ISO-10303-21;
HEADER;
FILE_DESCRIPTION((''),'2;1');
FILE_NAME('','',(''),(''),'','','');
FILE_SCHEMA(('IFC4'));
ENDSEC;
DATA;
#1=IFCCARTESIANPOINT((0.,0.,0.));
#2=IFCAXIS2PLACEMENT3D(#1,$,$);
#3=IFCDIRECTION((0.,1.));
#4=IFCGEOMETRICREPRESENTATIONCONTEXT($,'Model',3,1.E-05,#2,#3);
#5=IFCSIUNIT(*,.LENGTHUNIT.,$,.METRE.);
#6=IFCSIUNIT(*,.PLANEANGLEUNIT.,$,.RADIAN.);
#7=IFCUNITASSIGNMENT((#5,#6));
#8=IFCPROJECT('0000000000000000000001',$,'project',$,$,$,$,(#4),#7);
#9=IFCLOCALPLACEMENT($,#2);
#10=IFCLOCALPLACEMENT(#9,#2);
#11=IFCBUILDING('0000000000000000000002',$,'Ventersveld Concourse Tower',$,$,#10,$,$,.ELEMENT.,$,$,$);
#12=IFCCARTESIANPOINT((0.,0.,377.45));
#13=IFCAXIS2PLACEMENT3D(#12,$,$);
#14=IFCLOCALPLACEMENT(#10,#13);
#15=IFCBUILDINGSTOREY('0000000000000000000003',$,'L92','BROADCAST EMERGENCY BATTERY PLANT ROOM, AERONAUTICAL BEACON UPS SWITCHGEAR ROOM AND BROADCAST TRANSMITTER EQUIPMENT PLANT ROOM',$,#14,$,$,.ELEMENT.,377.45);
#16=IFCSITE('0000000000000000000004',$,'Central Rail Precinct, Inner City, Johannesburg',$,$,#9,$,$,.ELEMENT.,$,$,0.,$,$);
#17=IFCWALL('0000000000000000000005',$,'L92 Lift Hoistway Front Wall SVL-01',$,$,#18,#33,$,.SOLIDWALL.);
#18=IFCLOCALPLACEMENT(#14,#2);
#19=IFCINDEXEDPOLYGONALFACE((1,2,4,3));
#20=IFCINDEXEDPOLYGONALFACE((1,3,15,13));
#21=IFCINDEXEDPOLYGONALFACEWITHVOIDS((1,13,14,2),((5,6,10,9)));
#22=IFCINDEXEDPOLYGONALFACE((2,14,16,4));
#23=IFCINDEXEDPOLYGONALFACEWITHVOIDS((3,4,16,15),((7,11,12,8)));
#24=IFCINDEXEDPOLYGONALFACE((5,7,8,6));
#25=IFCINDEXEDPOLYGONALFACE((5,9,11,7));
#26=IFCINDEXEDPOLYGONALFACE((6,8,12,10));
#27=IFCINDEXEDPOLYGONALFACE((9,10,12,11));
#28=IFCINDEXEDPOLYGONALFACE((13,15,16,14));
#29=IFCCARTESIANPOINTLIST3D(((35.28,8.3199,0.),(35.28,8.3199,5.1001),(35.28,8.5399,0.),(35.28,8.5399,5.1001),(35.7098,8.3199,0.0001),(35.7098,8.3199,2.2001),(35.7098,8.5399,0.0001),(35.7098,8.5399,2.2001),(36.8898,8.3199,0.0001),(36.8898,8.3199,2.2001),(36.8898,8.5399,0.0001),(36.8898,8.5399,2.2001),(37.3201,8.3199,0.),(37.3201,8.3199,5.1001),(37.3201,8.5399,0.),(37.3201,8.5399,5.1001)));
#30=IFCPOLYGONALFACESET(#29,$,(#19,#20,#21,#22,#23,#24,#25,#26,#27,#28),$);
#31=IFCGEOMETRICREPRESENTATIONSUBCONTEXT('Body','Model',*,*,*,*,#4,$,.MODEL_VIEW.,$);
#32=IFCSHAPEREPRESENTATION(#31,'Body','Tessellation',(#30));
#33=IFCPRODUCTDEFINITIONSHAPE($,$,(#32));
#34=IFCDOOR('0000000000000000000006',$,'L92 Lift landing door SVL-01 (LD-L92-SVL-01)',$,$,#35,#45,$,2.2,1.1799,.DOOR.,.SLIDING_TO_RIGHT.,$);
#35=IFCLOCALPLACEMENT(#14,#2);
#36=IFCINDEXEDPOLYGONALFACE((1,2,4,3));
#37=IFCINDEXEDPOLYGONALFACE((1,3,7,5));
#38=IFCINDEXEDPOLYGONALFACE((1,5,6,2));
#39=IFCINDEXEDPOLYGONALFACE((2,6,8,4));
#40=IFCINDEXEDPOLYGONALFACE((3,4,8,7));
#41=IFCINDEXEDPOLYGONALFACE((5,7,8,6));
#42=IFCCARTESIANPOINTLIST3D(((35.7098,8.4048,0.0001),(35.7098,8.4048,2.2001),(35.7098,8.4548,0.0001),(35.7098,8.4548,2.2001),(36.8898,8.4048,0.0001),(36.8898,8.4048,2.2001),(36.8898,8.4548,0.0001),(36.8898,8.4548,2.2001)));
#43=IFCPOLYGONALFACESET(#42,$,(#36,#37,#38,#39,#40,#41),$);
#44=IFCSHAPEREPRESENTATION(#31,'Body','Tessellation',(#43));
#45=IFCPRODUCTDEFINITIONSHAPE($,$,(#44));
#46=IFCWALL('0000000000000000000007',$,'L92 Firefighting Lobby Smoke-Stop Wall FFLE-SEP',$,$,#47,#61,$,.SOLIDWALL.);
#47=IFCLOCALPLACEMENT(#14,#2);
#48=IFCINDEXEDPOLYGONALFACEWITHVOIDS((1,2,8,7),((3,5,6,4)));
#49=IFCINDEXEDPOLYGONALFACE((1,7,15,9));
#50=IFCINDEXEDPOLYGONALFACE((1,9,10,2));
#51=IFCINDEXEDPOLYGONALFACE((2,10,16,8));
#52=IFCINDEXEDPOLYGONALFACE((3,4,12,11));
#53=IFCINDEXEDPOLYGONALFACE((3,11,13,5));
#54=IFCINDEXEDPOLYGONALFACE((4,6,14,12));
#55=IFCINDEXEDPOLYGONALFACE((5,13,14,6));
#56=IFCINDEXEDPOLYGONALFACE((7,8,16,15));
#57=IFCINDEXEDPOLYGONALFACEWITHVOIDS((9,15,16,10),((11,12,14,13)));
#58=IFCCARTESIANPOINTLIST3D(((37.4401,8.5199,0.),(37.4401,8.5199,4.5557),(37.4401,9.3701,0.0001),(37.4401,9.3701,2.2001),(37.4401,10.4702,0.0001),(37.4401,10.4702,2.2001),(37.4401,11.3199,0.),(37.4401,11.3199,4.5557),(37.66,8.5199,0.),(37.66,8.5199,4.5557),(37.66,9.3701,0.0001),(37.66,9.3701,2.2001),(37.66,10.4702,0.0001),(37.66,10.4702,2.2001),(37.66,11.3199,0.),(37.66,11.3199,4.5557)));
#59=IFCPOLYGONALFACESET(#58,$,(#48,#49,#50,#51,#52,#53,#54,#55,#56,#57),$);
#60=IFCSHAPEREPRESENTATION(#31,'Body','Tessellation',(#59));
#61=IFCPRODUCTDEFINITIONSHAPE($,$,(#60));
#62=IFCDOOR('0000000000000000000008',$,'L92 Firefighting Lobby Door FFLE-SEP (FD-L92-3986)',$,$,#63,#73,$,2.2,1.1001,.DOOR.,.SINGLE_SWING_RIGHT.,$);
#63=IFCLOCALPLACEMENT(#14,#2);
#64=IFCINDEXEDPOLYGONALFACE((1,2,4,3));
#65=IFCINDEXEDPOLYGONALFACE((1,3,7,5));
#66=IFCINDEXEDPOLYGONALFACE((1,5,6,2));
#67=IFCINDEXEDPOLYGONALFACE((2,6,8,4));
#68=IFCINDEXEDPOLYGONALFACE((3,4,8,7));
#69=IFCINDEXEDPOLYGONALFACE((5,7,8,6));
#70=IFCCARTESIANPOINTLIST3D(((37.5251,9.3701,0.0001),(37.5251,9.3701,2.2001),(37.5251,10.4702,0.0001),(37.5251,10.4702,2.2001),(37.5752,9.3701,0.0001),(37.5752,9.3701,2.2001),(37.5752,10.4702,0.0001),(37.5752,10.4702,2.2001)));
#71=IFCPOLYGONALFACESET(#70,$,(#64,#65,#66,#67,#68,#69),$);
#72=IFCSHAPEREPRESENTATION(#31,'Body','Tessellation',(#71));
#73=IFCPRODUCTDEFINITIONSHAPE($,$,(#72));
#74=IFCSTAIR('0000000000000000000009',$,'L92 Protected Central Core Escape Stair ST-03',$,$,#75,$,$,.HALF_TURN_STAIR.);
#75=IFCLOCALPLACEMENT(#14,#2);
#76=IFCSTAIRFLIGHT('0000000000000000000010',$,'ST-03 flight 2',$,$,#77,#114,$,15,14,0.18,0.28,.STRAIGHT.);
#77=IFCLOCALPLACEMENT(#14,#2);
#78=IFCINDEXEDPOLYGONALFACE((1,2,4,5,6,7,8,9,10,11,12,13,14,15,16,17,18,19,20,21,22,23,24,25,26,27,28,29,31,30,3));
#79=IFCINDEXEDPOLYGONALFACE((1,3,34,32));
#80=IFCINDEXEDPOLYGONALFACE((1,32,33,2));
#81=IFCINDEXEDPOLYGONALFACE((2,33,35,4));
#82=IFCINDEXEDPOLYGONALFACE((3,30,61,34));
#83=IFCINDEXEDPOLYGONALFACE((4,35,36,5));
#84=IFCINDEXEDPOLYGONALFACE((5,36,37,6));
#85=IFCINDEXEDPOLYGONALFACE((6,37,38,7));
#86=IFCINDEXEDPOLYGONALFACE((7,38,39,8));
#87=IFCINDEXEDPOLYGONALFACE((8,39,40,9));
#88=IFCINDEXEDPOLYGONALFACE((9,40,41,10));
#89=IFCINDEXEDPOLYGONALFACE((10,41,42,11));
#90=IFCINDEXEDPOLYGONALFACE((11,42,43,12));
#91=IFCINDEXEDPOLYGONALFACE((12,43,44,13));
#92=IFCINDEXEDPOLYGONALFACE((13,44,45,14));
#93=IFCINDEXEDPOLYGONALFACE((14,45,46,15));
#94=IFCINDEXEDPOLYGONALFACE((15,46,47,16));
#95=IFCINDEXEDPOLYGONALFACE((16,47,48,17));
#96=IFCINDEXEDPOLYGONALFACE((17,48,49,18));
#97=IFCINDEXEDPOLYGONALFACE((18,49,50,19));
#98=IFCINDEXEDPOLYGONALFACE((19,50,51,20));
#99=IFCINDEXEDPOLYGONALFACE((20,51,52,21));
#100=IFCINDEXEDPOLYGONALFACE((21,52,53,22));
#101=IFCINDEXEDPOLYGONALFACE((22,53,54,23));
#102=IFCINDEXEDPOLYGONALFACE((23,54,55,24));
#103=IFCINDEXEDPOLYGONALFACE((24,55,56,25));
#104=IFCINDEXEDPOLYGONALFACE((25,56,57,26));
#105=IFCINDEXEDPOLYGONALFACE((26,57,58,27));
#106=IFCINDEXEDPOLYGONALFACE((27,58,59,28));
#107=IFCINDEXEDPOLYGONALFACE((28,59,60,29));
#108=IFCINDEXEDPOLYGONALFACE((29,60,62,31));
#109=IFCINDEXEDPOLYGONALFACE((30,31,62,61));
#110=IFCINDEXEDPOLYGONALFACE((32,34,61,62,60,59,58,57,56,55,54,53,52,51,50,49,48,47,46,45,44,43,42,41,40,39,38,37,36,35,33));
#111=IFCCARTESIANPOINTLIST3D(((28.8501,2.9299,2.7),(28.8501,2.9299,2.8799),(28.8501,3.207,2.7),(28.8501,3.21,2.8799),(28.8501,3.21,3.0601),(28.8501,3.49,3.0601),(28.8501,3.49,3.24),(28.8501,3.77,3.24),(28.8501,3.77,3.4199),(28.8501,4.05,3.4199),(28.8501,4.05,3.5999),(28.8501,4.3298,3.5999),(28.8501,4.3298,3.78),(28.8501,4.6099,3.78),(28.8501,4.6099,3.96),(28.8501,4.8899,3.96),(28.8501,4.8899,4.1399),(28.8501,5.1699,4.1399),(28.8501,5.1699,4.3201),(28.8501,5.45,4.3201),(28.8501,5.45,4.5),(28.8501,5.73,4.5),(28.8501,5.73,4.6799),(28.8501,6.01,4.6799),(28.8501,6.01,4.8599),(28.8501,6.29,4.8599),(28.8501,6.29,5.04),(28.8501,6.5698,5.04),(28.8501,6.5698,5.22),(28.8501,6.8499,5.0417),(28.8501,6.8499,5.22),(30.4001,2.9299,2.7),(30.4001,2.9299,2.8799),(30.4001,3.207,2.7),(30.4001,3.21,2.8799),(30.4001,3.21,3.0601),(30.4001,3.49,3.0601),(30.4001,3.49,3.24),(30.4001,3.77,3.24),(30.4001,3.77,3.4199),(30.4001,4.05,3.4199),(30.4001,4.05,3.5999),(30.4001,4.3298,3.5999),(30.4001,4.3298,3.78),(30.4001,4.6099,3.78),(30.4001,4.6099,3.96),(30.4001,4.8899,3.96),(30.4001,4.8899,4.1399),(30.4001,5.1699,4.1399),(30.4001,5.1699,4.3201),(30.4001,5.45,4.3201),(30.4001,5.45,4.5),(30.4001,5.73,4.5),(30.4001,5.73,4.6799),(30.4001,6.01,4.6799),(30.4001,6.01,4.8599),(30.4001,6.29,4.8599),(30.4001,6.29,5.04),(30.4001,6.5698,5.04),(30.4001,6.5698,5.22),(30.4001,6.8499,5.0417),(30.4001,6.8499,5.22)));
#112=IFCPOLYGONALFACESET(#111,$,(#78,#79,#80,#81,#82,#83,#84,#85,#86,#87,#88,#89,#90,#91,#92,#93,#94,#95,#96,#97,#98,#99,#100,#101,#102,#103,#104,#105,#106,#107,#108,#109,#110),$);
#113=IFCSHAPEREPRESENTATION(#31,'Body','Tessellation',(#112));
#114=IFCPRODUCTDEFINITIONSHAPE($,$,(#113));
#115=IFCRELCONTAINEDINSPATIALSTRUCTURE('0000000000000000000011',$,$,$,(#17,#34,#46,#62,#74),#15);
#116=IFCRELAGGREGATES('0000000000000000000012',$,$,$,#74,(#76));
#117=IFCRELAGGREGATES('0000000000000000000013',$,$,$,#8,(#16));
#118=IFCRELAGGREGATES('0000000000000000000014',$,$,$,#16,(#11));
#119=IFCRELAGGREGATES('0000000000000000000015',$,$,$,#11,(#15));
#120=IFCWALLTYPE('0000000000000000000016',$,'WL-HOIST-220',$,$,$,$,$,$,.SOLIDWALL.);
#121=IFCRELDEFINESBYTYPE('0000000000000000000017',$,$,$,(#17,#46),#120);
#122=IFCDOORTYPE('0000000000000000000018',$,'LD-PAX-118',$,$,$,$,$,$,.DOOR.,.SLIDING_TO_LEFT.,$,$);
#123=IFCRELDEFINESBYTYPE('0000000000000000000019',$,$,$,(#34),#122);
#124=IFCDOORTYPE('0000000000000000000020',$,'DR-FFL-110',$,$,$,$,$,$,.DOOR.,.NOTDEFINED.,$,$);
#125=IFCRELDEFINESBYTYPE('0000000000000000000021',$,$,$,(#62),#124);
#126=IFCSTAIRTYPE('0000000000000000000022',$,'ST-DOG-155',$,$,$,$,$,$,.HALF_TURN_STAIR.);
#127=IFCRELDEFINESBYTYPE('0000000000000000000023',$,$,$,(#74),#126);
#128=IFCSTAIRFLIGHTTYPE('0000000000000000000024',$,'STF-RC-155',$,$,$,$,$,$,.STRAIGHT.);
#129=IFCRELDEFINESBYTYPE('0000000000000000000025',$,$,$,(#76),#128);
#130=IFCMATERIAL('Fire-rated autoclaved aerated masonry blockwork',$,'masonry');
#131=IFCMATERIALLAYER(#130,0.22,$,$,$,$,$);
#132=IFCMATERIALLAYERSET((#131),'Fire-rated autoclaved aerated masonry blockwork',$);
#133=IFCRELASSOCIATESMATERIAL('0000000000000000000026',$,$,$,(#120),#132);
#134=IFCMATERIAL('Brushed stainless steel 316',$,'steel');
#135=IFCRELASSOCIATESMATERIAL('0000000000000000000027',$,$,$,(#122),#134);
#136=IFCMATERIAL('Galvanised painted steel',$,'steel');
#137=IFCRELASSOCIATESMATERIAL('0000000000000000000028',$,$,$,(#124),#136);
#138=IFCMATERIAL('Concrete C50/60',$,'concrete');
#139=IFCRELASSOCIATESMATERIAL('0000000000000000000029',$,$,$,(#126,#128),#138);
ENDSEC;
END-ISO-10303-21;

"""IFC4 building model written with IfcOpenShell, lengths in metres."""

from ifc_helpers import new_model, si_unit, direction, frame, frame_2d, origin, place, context, subcontext, project, spatial, polyline, rectangle, outline, extrude, material, layer, layer_set, type_object, element, fill, aggregate, save


model = new_model("IFC4")

# Units and contexts
model_context = context("Model", 3, precision=1e-05, world=origin(), true_north=direction((0.0, 1.0)))
body_context = subcontext(model_context, "Body", "Model", "MODEL_VIEW")
ifc_project = project(units=[si_unit("LENGTHUNIT", "METRE"), si_unit("PLANEANGLEUNIT", "RADIAN")], contexts=[model_context])

# Site, building, storey
site_placement = place(None, origin())
site = spatial("IfcSite", under=ifc_project, at=site_placement, Name="Central Rail Precinct, Inner City, Johannesburg", CompositionType="ELEMENT", RefElevation=0.0)
building_placement = place(site_placement, origin())
building = spatial("IfcBuilding", under=site, at=building_placement, Name="Ventersveld Concourse Tower", CompositionType="ELEMENT")
storey_placement = place(building_placement, frame((0.0, 0.0, 377.45)))
storey = spatial("IfcBuildingStorey", under=building, at=storey_placement, Name="L92", Description="BROADCAST EMERGENCY BATTERY PLANT ROOM, AERONAUTICAL BEACON UPS SWITCHGEAR ROOM AND BROADCAST TRANSMITTER EQUIPMENT PLANT ROOM", CompositionType="ELEMENT", Elevation=377.45)

# Shared definitions
ifc_material_1 = material(Name="Concrete C50/60", Category="concrete")
ifc_material_2 = material(Name="Fire-rated autoclaved aerated masonry blockwork", Category="masonry")
ifc_layer_1 = layer(ifc_material_2, 0.22)
ifc_layer_set_1 = layer_set([ifc_layer_1], Name="Fire-rated autoclaved aerated masonry blockwork")
wall_type_1 = type_object("IfcWallType", Name="WL-HOIST-220", PredefinedType="SOLIDWALL", material=ifc_layer_set_1)

# Shared definitions
ifc_material_3 = material(Name="Brushed stainless steel 316", Category="steel")

# Walls, openings, doors
wall_1_placement = place(storey_placement, frame((35.28, 8.4299, 0.0), z_axis=(0.0, 0.0, 1.0), x_axis=(1.0, 0.0, 0.0)))
wall_1 = element("IfcWall", 1, at=wall_1_placement, inside=storey, type_object=wall_type_1, Name="L92 Lift Hoistway Front Wall SVL-01", PredefinedType="SOLIDWALL", context=body_context, shape_type="SweptSolid", body=[
    extrude(rectangle(XDim=2.04, YDim=0.22, at=frame_2d((1.02, 0.0))), origin(), (0.0, 0.0, 1.0), 5.1001),
])
opening_1_placement = place(wall_1_placement, frame((0.4299, 0.0, 0.0)))
opening_1 = element("IfcOpeningElement", 2, at=opening_1_placement, cuts=wall_1, PredefinedType="OPENING", context=body_context, shape_type="SweptSolid", body=[
    extrude(rectangle(XDim=1.1799, YDim=2.2, at=frame_2d((0.5898, 1.1001))), frame((0.0, 0.1201, 0.0), z_axis=(0.0, -1.0, 0.0), x_axis=(1.0, 0.0, 0.0)), (0.0, 0.0, 1.0), 0.24),
])
door_type_1 = type_object("IfcDoorType", Name="LD-PAX-118", OperationType="SLIDING_TO_LEFT", PredefinedType="DOOR", material=ifc_material_3)
door_1_placement = place(opening_1_placement, origin())
door_1 = element("IfcDoor", 3, at=door_1_placement, inside=storey, type_object=door_type_1, Name="L92 Lift landing door SVL-01 (LD-L92-SVL-01)", OperationType="SLIDING_TO_RIGHT", OverallHeight=2.2, OverallWidth=1.1799, PredefinedType="DOOR", context=body_context, shape_type="SweptSolid", body=[
    extrude(rectangle(XDim=1.1799, YDim=2.2, at=frame_2d((0.5898, 1.1001))), frame((0.0, 0.0249, 0.0), z_axis=(0.0, -1.0, 0.0), x_axis=(1.0, 0.0, 0.0)), (0.0, 0.0, 1.0), 0.05),
])
fill(opening_1, door_1)
wall_2_placement = place(storey_placement, frame((37.55, 8.52, 0.0), z_axis=(0.0, 0.0, 1.0), x_axis=(0.0, 1.0, 0.0)))
wall_2 = element("IfcWall", 4, at=wall_2_placement, inside=storey, type_object=wall_type_1, Name="L92 Firefighting Lobby Smoke-Stop Wall FFLE-SEP", PredefinedType="SOLIDWALL", context=body_context, shape_type="SweptSolid", body=[
    extrude(rectangle(XDim=2.8, YDim=0.22, at=frame_2d((1.3999, 0.0))), origin(), (0.0, 0.0, 1.0), 4.5557),
])
opening_2_placement = place(wall_2_placement, frame((0.8501, 0.0, 0.0)))
opening_2 = element("IfcOpeningElement", 5, at=opening_2_placement, cuts=wall_2, PredefinedType="OPENING", context=body_context, shape_type="SweptSolid", body=[
    extrude(rectangle(XDim=1.1001, YDim=2.2, at=frame_2d((0.55, 1.1001))), frame((0.0, 0.1201, 0.0), z_axis=(0.0, -1.0, 0.0), x_axis=(1.0, 0.0, 0.0)), (0.0, 0.0, 1.0), 0.24),
])
ifc_material_4 = material(Name="Galvanised painted steel", Category="steel")
door_type_2 = type_object("IfcDoorType", Name="DR-FFL-110", OperationType="NOTDEFINED", PredefinedType="DOOR", material=ifc_material_4)
door_2_placement = place(opening_2_placement, origin())
door_2 = element("IfcDoor", 6, at=door_2_placement, inside=storey, type_object=door_type_2, Name="L92 Firefighting Lobby Door FFLE-SEP (FD-L92-3986)", OperationType="SINGLE_SWING_RIGHT", OverallHeight=2.2, OverallWidth=1.1001, PredefinedType="DOOR", context=body_context, shape_type="SweptSolid", body=[
    extrude(rectangle(XDim=1.1001, YDim=2.2, at=frame_2d((0.55, 1.1001))), frame((0.0, 0.0249, 0.0), z_axis=(0.0, -1.0, 0.0), x_axis=(1.0, 0.0, 0.0)), (0.0, 0.0, 1.0), 0.05),
])
fill(opening_2, door_2)

# Stair, stair flight
stair_type = type_object("IfcStairType", Name="ST-DOG-155", PredefinedType="HALF_TURN_STAIR", material=ifc_material_1)
stair_placement = place(storey_placement, origin())
stair = element("IfcStair", 7, at=stair_placement, inside=storey, type_object=stair_type, Name="L92 Protected Central Core Escape Stair ST-03", PredefinedType="HALF_TURN_STAIR")
stair_flight_type = type_object("IfcStairFlightType", Name="STF-RC-155", PredefinedType="STRAIGHT", material=ifc_material_1)
stair_flight_placement = place(storey_placement, frame((29.625, 2.9299, 2.7), z_axis=(0.0, 0.0, 1.0), x_axis=(0.0, 1.0, 0.0)))
stair_flight = element("IfcStairFlight", 8, at=stair_flight_placement, type_object=stair_flight_type, Name="ST-03 flight 2", NumberOfRisers=15, NumberOfTreads=14, PredefinedType="STRAIGHT", RiserHeight=0.18, TreadLength=0.28, context=body_context, shape_type="SweptSolid", body=[
    extrude(outline(polyline([(0.0, 0.0), (0.0, 0.1799), (0.28, 0.1799), (0.28, 0.3601), (0.5601, 0.3601), (0.5601, 0.54), (0.8401, 0.54), (0.8401, 0.72), (1.1201, 0.72), (1.1201, 0.8999), (1.3999, 0.8999), (1.3999, 1.0801), (1.6799, 1.0801), (1.6799, 1.26), (1.96, 1.26), (1.96, 1.4399), (2.24, 1.4399), (2.24, 1.6201), (2.52, 1.6201), (2.52, 1.8), (2.8, 1.8), (2.8, 1.98), (3.0801, 1.98), (3.0801, 2.1599), (3.3601, 2.1599), (3.3601, 2.3401), (3.6399, 2.3401), (3.6399, 2.52), (3.9199, 2.52), (3.9199, 2.7), (3.9199, 2.3418), (0.2771, 0.0), (0.0, 0.0)])), frame((0.0, 0.7749, 0.0), z_axis=(0.0, -1.0, 0.0), x_axis=(1.0, 0.0, 0.0)), (0.0, 0.0, 1.0), 1.55),
])
aggregate(stair, [stair_flight])

save(model, "model.ifc")
